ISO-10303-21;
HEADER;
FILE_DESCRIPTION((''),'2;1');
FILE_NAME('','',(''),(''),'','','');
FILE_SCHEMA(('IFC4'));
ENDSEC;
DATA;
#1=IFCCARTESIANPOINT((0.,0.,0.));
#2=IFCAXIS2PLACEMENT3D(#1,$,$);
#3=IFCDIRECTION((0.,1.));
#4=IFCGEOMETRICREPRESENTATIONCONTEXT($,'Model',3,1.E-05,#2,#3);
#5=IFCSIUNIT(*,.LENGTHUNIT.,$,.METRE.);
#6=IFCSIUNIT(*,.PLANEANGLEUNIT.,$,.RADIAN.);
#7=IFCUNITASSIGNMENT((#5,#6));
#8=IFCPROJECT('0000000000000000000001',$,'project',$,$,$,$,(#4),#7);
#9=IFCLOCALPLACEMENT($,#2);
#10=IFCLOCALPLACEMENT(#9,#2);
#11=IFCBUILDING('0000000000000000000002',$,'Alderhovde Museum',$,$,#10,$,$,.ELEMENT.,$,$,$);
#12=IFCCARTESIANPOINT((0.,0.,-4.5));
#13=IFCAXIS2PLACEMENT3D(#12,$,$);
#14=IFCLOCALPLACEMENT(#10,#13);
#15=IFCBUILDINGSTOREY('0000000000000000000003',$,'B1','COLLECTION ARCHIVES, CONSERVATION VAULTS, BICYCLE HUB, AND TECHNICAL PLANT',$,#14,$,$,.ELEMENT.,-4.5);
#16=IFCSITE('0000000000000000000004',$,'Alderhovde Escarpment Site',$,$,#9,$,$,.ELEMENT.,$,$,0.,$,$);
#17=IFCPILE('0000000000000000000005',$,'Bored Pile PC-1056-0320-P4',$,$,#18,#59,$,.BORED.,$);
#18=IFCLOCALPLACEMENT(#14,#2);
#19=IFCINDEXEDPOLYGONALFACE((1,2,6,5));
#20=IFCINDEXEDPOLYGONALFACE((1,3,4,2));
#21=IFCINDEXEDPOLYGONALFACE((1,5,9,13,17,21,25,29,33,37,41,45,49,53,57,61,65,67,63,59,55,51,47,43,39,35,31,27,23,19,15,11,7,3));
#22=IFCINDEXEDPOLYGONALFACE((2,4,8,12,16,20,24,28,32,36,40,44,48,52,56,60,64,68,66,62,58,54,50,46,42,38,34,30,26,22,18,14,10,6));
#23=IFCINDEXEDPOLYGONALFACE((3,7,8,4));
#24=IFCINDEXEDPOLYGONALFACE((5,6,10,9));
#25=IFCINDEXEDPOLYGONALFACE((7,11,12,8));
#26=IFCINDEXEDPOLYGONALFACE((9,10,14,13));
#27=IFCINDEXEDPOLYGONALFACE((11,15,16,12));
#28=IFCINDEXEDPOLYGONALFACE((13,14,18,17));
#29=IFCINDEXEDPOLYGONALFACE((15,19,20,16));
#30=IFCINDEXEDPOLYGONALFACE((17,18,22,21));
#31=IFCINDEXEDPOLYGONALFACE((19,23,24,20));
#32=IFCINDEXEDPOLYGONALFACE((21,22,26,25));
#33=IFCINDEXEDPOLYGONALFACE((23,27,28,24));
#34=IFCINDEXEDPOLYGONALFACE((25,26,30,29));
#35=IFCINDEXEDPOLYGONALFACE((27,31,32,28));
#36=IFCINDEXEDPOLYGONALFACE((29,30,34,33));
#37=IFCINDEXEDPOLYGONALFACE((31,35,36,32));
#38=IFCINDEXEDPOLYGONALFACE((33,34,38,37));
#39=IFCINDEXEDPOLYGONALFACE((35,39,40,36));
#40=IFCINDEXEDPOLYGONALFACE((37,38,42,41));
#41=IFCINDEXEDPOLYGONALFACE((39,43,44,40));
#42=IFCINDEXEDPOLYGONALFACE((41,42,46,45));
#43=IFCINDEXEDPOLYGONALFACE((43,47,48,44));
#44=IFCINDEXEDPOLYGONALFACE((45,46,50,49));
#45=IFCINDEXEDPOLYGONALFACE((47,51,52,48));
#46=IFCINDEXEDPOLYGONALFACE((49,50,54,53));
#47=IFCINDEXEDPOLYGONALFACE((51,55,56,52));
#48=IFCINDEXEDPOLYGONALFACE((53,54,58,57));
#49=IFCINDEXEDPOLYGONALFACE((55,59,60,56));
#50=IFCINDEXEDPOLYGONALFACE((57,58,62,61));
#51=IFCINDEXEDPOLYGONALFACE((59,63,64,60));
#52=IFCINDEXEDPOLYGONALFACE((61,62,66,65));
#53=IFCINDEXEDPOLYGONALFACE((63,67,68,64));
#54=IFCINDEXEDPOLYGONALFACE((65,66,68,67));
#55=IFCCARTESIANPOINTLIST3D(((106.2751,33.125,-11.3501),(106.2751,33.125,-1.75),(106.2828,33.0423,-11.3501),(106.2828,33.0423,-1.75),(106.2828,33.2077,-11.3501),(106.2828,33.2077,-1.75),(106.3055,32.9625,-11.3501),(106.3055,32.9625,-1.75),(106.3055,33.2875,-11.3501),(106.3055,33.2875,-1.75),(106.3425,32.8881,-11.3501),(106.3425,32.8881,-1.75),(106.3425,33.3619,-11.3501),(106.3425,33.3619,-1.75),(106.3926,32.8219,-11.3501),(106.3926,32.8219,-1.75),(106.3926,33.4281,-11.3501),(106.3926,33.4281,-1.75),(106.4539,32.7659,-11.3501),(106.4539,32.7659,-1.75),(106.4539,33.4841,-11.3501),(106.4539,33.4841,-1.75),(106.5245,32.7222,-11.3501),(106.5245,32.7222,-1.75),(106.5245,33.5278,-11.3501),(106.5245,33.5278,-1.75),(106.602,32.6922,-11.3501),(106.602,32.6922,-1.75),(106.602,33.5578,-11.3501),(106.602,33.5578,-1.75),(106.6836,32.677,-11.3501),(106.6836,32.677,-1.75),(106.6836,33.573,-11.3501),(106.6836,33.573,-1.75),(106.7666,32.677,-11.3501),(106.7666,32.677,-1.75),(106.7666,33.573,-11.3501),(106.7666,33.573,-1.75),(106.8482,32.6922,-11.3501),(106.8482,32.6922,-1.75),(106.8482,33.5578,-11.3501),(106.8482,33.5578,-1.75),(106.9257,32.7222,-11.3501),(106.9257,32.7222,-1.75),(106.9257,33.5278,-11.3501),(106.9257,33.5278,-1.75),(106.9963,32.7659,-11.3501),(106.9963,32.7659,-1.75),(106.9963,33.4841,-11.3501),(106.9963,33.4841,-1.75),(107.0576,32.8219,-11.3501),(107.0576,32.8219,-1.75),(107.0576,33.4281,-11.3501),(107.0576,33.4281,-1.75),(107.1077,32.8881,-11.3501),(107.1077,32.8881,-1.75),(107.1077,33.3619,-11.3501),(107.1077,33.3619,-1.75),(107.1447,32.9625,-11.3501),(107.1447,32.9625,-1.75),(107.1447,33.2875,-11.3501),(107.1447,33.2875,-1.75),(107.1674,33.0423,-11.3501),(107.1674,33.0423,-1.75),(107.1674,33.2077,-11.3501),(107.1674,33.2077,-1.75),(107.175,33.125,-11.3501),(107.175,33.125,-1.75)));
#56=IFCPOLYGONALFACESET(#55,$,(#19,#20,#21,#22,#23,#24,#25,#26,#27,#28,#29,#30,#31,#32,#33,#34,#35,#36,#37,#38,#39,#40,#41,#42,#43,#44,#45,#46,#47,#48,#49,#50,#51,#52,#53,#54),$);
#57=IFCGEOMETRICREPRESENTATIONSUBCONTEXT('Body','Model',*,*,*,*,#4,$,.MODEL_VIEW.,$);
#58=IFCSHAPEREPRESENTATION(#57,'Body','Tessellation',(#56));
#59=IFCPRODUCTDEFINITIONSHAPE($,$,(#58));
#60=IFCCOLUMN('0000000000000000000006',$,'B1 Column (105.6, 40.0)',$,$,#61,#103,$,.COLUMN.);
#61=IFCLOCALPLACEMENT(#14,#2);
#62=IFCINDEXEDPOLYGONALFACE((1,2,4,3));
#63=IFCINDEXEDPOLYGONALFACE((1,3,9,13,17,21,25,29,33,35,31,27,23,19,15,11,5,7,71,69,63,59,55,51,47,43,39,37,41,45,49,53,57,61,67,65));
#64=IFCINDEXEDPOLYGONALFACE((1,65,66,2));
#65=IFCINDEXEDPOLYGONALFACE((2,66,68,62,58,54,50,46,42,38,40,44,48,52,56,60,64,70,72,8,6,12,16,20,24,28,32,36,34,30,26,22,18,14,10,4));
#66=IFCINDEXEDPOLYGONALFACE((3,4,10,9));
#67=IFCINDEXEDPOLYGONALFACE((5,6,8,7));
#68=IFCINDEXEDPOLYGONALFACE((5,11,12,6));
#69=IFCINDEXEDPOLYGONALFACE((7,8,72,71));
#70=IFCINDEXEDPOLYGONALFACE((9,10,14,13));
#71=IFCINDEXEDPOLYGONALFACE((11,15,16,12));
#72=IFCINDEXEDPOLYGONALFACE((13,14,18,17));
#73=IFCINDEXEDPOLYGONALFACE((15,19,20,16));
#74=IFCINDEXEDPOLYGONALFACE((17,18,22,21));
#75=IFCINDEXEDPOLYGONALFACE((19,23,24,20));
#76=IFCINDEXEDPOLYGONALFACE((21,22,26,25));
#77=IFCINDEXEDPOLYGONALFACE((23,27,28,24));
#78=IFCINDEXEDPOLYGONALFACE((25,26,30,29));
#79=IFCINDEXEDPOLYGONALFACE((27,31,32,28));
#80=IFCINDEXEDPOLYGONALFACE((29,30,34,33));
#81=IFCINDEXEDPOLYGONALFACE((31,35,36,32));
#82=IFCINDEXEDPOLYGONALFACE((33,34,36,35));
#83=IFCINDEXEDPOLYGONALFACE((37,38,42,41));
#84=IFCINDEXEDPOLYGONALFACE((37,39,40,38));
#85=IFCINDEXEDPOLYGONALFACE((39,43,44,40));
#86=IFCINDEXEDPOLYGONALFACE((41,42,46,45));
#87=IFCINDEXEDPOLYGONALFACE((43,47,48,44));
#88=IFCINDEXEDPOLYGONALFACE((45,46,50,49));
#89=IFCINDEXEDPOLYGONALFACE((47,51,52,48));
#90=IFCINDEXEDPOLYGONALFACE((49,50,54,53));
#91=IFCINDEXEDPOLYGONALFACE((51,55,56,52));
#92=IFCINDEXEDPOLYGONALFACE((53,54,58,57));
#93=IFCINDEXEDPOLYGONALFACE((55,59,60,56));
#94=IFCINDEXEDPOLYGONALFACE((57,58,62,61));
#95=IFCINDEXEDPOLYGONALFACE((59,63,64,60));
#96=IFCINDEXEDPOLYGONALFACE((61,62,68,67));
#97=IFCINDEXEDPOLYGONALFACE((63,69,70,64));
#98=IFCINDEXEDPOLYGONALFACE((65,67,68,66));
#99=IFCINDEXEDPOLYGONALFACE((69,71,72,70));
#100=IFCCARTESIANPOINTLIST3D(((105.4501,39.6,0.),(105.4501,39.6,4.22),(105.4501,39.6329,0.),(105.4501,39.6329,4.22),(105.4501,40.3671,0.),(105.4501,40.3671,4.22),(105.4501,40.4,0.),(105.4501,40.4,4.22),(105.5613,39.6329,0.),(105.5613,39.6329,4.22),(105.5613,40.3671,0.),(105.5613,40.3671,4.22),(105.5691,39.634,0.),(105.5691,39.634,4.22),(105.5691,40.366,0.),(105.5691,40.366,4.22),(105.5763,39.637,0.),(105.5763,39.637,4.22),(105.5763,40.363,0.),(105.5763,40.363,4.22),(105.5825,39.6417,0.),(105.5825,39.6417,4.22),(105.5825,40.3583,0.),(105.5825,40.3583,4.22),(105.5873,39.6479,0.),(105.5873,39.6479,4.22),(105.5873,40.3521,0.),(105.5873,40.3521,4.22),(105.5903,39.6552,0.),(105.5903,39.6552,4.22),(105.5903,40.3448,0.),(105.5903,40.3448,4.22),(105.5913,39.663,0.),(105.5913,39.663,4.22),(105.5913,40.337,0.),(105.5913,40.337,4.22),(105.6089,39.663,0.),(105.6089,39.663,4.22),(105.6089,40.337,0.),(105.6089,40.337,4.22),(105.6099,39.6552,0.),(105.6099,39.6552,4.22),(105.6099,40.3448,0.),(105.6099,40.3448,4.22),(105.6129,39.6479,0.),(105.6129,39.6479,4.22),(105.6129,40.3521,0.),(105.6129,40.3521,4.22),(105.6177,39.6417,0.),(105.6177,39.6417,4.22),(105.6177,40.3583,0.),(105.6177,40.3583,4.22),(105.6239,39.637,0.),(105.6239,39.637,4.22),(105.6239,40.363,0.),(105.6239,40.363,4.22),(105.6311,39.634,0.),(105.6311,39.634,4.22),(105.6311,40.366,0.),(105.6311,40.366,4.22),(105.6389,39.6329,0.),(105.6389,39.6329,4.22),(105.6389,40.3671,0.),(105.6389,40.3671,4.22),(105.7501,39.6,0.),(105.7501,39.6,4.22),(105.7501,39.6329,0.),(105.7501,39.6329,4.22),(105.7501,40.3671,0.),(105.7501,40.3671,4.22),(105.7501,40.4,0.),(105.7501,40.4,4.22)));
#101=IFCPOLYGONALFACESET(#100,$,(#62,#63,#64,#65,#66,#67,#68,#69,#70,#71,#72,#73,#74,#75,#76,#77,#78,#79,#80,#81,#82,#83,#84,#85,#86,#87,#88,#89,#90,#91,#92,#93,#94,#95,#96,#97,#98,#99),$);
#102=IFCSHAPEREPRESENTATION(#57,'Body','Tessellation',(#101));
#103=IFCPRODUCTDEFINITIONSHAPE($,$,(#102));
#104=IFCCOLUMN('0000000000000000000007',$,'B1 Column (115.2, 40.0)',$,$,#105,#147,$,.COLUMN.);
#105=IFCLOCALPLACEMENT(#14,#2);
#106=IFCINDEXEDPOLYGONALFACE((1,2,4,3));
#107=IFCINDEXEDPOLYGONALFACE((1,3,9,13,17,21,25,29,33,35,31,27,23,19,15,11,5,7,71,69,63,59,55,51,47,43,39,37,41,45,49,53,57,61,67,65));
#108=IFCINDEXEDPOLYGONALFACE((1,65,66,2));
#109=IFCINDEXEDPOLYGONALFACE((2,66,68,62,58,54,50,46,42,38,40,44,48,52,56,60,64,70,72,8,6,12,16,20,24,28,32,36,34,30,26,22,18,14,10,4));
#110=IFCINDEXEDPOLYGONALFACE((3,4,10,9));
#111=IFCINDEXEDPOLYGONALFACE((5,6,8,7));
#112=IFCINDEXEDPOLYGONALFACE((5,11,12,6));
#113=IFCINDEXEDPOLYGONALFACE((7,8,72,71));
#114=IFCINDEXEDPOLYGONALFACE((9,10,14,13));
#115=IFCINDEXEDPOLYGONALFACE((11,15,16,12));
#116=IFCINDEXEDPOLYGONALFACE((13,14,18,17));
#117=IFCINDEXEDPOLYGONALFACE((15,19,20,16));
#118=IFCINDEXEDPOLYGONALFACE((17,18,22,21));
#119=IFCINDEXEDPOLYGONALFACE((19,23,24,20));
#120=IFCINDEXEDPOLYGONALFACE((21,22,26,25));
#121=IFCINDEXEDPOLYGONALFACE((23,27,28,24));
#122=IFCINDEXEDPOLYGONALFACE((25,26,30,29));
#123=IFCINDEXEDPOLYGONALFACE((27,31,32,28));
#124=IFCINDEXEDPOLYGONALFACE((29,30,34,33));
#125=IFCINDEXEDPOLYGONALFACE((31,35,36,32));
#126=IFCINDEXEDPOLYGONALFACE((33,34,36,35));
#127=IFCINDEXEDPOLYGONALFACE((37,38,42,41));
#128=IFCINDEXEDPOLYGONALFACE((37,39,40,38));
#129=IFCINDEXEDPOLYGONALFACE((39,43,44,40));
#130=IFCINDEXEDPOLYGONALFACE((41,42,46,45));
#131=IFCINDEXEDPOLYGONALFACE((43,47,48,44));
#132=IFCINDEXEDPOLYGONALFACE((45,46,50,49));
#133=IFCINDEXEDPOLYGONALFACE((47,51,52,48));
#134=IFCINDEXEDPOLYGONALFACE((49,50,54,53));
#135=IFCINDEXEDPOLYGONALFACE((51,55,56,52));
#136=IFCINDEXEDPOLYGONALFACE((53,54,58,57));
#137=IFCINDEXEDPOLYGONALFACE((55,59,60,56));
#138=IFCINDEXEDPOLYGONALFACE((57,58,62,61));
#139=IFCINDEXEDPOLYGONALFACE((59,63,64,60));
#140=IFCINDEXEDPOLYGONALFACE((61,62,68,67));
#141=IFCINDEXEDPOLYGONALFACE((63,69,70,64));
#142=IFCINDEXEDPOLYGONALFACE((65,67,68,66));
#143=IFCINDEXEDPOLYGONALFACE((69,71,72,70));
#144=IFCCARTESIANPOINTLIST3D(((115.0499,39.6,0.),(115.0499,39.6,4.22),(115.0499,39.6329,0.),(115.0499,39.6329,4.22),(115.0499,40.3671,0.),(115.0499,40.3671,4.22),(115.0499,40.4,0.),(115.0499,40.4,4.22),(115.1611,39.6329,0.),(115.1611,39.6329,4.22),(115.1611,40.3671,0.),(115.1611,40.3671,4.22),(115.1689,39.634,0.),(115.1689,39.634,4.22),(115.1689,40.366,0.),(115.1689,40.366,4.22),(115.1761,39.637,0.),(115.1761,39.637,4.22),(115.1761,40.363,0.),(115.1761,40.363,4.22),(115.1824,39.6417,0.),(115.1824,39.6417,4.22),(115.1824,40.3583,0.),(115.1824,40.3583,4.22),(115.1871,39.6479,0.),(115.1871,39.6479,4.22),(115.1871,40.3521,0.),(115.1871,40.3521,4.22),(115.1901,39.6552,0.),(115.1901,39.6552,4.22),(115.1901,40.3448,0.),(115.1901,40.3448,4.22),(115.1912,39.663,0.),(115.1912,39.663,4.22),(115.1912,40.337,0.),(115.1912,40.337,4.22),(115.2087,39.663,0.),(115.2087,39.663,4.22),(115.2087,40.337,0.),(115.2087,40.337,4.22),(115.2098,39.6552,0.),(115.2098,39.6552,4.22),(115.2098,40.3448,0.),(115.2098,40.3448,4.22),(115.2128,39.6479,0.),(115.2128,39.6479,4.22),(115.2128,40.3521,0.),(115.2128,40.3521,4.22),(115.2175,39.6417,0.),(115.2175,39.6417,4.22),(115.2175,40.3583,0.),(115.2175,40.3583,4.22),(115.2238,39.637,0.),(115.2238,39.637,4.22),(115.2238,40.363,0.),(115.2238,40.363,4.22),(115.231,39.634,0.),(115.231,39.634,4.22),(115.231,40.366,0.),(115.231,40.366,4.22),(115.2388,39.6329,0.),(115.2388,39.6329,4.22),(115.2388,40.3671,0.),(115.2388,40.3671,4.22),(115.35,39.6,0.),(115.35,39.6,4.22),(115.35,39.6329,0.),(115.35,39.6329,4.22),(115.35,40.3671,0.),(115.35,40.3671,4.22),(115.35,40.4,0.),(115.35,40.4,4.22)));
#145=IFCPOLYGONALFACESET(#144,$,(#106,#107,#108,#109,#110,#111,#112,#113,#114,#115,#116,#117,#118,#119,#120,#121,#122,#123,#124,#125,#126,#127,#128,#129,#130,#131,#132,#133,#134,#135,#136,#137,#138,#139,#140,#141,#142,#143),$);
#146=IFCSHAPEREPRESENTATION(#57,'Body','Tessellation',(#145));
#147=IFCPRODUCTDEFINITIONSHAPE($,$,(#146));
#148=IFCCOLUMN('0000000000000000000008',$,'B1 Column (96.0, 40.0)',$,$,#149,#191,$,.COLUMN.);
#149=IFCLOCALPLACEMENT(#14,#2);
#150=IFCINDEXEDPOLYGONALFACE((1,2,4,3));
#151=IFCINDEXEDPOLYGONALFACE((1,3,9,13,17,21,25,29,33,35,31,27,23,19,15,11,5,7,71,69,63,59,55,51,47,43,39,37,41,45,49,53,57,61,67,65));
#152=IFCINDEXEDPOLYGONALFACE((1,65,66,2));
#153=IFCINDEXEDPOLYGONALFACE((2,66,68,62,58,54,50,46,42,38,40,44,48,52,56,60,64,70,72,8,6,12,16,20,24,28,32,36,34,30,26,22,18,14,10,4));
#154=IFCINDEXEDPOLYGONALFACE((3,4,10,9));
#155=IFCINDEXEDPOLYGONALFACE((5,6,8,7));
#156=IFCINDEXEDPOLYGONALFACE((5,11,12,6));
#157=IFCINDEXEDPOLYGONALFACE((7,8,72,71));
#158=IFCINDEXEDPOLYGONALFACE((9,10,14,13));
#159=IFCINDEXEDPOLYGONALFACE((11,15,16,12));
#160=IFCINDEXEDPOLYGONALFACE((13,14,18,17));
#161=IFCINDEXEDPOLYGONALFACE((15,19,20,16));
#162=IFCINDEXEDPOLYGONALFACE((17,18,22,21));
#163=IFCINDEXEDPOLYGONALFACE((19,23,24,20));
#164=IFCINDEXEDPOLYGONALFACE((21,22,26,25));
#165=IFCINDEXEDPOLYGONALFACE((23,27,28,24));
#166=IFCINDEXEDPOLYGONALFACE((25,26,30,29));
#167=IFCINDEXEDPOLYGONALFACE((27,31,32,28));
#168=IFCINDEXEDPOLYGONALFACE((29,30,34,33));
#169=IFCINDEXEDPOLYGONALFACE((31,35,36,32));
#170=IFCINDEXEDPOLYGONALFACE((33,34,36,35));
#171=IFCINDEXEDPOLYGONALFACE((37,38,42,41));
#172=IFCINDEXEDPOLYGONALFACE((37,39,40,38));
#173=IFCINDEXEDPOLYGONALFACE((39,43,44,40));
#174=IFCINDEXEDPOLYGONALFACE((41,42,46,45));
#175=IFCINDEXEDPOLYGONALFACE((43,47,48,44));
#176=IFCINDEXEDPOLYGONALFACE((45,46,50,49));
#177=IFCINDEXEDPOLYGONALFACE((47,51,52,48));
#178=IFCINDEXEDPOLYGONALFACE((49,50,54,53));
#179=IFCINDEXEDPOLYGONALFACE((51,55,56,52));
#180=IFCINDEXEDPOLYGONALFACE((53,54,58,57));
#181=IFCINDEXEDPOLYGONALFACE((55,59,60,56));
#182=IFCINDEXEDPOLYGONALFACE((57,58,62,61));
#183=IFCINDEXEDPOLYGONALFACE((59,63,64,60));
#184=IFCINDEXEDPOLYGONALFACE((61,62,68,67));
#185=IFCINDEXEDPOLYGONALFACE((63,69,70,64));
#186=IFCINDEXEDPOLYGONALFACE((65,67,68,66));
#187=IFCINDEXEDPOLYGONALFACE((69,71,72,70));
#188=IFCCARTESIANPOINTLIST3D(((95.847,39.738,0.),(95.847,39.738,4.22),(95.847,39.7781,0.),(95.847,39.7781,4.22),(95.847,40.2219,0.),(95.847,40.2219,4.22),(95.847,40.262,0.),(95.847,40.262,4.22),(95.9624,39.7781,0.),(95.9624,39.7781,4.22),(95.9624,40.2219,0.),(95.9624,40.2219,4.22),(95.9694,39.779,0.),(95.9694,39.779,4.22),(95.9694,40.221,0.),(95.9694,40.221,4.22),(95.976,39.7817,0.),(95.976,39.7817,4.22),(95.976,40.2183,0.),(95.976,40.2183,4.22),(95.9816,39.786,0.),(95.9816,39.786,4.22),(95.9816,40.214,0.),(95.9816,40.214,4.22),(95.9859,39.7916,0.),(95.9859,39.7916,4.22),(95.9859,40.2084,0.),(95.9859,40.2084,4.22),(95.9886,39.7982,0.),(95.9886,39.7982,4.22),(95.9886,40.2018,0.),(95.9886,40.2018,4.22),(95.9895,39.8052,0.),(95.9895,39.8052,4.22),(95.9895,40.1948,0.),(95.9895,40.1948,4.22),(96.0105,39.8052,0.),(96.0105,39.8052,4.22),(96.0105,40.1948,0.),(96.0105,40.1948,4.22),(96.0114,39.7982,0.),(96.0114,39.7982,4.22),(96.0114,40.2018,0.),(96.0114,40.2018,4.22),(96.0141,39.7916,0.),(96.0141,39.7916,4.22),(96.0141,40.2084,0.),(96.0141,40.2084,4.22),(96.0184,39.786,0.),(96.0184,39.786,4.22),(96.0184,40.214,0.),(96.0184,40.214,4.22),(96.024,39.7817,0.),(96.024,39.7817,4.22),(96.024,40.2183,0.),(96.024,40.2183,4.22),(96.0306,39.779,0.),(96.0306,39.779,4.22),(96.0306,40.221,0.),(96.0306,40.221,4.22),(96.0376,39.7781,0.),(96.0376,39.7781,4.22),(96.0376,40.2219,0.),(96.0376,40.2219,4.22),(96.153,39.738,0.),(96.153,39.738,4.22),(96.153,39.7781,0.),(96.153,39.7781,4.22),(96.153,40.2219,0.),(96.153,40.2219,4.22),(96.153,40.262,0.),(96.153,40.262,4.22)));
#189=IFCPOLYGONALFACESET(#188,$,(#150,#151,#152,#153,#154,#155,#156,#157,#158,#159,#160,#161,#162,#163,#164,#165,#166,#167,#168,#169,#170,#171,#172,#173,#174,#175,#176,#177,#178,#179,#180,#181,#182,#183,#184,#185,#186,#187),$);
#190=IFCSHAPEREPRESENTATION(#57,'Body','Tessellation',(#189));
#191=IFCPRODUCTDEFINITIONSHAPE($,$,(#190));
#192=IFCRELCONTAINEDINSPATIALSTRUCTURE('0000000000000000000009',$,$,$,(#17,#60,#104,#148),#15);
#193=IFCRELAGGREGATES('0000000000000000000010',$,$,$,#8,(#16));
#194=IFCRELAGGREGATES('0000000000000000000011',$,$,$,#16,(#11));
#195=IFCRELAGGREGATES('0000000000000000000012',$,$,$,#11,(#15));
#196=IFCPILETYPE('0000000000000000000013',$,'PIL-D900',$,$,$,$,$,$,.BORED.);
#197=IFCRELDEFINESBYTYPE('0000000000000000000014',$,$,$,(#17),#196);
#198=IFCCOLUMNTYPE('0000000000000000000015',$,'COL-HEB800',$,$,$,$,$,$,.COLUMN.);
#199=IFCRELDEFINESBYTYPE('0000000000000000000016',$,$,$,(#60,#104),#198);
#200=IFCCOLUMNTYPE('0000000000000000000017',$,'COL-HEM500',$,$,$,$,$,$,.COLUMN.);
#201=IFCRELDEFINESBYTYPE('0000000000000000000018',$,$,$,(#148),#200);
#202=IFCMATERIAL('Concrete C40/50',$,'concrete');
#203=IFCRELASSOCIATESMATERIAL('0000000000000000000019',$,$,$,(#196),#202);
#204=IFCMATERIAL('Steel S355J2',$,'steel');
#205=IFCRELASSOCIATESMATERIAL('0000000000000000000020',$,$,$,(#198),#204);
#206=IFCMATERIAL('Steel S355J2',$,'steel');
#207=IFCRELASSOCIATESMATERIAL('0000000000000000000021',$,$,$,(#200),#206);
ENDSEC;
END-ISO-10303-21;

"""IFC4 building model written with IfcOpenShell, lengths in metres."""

from ifc_helpers import new_model, si_unit, direction, frame, origin, origin_2d, place, context, subcontext, project, spatial, circle, i_section, extrude, material, material_profile, profile_set, type_object, element, save


model = new_model("IFC4")

# Units and contexts
model_context = context("Model", 3, precision=1e-05, world=origin(), true_north=direction((0.0, 1.0)))
body_context = subcontext(model_context, "Body", "Model", "MODEL_VIEW")
ifc_project = project(units=[si_unit("LENGTHUNIT", "METRE"), si_unit("PLANEANGLEUNIT", "RADIAN")], contexts=[model_context])

# Site, building, storey
site_placement = place(None, origin())
site = spatial("IfcSite", under=ifc_project, at=site_placement, Name="Alderhovde Escarpment Site", CompositionType="ELEMENT", RefElevation=0.0)
building_placement = place(site_placement, origin())
building = spatial("IfcBuilding", under=site, at=building_placement, Name="Alderhovde Museum", CompositionType="ELEMENT")
storey_placement = place(building_placement, frame((0.0, 0.0, -4.5)))
storey = spatial("IfcBuildingStorey", under=building, at=storey_placement, Name="B1", Description="COLLECTION ARCHIVES, CONSERVATION VAULTS, BICYCLE HUB, AND TECHNICAL PLANT", CompositionType="ELEMENT", Elevation=-4.5)

# Pile
ifc_material_1 = material(Name="Concrete C40/50", Category="concrete")
ifc_material_profile_1 = material_profile(ifc_material_1, circle(Radius=0.45, at=origin_2d()), Name="PILE-D900")
ifc_profile_set_1 = profile_set([ifc_material_profile_1], Name="Concrete C40/50")
pile_type_1 = type_object("IfcPileType", Name="PIL-D900", PredefinedType="BORED", material=ifc_profile_set_1)
for number, where, z_axis, x_axis, name in (
    (1, (106.7251, 33.125, -1.75), (0.0, 0.0, -1.0), (1.0, 0.0, 0.0), "Bored Pile PC-1056-0320-P4"),
):
    element("IfcPile", number, at=place(storey_placement, frame(where, z_axis=z_axis, x_axis=x_axis)), inside=storey, type_object=pile_type_1, Name=name, PredefinedType="BORED", context=body_context, shape_type="SweptSolid", body=[
        extrude(circle(Radius=0.45, at=origin_2d()), origin(), (0.0, 0.0, 1.0), 9.6001),
    ])

# Columns
ifc_material_2 = material(Name="Steel S355J2", Category="steel")
ifc_material_profile_2 = material_profile(ifc_material_2, i_section(OverallWidth=0.3, OverallDepth=0.8, WebThickness=0.0176, FlangeThickness=0.033, FilletRadius=0.03, at=origin_2d()), Name="HEB 800")
ifc_profile_set_2 = profile_set([ifc_material_profile_2], Name="Steel S355J2")
column_type_1 = type_object("IfcColumnType", Name="COL-HEB800", PredefinedType="COLUMN", material=ifc_profile_set_2)
for number, where, z_axis, x_axis, name in (
    (2, (105.6001, 40.0, 0.0), (0.0, 0.0, 1.0), (1.0, 0.0, 0.0), "B1 Column (105.6, 40.0)"),
    (3, (115.2, 40.0, 0.0), (0.0, 0.0, 1.0), (1.0, 0.0, 0.0), "B1 Column (115.2, 40.0)"),
):
    element("IfcColumn", number, at=place(storey_placement, frame(where, z_axis=z_axis, x_axis=x_axis)), inside=storey, type_object=column_type_1, Name=name, PredefinedType="COLUMN", context=body_context, shape_type="SweptSolid", body=[
        extrude(i_section(OverallWidth=0.3, OverallDepth=0.8, WebThickness=0.0176, FlangeThickness=0.033, FilletRadius=0.03, at=origin_2d()), origin(), (0.0, 0.0, 1.0), 4.22),
    ])
ifc_material_3 = material(Name="Steel S355J2", Category="steel")
ifc_material_profile_3 = material_profile(ifc_material_3, i_section(OverallWidth=0.3059, OverallDepth=0.5239, WebThickness=0.021, FlangeThickness=0.04, FilletRadius=0.0271, at=origin_2d()), Name="HEM 500")
ifc_profile_set_3 = profile_set([ifc_material_profile_3], Name="Steel S355J2")
column_type_2 = type_object("IfcColumnType", Name="COL-HEM500", PredefinedType="COLUMN", material=ifc_profile_set_3)
column_placement = place(storey_placement, frame((96.0, 40.0, 0.0), z_axis=(0.0, 0.0, 1.0), x_axis=(1.0, 0.0, 0.0)))
element("IfcColumn", 4, at=column_placement, inside=storey, type_object=column_type_2, Name="B1 Column (96.0, 40.0)", PredefinedType="COLUMN", context=body_context, shape_type="SweptSolid", body=[
    extrude(i_section(OverallWidth=0.3059, OverallDepth=0.5239, WebThickness=0.021, FlangeThickness=0.04, FilletRadius=0.0271, at=origin_2d()), origin(), (0.0, 0.0, 1.0), 4.22),
])

save(model, "model.ifc")
